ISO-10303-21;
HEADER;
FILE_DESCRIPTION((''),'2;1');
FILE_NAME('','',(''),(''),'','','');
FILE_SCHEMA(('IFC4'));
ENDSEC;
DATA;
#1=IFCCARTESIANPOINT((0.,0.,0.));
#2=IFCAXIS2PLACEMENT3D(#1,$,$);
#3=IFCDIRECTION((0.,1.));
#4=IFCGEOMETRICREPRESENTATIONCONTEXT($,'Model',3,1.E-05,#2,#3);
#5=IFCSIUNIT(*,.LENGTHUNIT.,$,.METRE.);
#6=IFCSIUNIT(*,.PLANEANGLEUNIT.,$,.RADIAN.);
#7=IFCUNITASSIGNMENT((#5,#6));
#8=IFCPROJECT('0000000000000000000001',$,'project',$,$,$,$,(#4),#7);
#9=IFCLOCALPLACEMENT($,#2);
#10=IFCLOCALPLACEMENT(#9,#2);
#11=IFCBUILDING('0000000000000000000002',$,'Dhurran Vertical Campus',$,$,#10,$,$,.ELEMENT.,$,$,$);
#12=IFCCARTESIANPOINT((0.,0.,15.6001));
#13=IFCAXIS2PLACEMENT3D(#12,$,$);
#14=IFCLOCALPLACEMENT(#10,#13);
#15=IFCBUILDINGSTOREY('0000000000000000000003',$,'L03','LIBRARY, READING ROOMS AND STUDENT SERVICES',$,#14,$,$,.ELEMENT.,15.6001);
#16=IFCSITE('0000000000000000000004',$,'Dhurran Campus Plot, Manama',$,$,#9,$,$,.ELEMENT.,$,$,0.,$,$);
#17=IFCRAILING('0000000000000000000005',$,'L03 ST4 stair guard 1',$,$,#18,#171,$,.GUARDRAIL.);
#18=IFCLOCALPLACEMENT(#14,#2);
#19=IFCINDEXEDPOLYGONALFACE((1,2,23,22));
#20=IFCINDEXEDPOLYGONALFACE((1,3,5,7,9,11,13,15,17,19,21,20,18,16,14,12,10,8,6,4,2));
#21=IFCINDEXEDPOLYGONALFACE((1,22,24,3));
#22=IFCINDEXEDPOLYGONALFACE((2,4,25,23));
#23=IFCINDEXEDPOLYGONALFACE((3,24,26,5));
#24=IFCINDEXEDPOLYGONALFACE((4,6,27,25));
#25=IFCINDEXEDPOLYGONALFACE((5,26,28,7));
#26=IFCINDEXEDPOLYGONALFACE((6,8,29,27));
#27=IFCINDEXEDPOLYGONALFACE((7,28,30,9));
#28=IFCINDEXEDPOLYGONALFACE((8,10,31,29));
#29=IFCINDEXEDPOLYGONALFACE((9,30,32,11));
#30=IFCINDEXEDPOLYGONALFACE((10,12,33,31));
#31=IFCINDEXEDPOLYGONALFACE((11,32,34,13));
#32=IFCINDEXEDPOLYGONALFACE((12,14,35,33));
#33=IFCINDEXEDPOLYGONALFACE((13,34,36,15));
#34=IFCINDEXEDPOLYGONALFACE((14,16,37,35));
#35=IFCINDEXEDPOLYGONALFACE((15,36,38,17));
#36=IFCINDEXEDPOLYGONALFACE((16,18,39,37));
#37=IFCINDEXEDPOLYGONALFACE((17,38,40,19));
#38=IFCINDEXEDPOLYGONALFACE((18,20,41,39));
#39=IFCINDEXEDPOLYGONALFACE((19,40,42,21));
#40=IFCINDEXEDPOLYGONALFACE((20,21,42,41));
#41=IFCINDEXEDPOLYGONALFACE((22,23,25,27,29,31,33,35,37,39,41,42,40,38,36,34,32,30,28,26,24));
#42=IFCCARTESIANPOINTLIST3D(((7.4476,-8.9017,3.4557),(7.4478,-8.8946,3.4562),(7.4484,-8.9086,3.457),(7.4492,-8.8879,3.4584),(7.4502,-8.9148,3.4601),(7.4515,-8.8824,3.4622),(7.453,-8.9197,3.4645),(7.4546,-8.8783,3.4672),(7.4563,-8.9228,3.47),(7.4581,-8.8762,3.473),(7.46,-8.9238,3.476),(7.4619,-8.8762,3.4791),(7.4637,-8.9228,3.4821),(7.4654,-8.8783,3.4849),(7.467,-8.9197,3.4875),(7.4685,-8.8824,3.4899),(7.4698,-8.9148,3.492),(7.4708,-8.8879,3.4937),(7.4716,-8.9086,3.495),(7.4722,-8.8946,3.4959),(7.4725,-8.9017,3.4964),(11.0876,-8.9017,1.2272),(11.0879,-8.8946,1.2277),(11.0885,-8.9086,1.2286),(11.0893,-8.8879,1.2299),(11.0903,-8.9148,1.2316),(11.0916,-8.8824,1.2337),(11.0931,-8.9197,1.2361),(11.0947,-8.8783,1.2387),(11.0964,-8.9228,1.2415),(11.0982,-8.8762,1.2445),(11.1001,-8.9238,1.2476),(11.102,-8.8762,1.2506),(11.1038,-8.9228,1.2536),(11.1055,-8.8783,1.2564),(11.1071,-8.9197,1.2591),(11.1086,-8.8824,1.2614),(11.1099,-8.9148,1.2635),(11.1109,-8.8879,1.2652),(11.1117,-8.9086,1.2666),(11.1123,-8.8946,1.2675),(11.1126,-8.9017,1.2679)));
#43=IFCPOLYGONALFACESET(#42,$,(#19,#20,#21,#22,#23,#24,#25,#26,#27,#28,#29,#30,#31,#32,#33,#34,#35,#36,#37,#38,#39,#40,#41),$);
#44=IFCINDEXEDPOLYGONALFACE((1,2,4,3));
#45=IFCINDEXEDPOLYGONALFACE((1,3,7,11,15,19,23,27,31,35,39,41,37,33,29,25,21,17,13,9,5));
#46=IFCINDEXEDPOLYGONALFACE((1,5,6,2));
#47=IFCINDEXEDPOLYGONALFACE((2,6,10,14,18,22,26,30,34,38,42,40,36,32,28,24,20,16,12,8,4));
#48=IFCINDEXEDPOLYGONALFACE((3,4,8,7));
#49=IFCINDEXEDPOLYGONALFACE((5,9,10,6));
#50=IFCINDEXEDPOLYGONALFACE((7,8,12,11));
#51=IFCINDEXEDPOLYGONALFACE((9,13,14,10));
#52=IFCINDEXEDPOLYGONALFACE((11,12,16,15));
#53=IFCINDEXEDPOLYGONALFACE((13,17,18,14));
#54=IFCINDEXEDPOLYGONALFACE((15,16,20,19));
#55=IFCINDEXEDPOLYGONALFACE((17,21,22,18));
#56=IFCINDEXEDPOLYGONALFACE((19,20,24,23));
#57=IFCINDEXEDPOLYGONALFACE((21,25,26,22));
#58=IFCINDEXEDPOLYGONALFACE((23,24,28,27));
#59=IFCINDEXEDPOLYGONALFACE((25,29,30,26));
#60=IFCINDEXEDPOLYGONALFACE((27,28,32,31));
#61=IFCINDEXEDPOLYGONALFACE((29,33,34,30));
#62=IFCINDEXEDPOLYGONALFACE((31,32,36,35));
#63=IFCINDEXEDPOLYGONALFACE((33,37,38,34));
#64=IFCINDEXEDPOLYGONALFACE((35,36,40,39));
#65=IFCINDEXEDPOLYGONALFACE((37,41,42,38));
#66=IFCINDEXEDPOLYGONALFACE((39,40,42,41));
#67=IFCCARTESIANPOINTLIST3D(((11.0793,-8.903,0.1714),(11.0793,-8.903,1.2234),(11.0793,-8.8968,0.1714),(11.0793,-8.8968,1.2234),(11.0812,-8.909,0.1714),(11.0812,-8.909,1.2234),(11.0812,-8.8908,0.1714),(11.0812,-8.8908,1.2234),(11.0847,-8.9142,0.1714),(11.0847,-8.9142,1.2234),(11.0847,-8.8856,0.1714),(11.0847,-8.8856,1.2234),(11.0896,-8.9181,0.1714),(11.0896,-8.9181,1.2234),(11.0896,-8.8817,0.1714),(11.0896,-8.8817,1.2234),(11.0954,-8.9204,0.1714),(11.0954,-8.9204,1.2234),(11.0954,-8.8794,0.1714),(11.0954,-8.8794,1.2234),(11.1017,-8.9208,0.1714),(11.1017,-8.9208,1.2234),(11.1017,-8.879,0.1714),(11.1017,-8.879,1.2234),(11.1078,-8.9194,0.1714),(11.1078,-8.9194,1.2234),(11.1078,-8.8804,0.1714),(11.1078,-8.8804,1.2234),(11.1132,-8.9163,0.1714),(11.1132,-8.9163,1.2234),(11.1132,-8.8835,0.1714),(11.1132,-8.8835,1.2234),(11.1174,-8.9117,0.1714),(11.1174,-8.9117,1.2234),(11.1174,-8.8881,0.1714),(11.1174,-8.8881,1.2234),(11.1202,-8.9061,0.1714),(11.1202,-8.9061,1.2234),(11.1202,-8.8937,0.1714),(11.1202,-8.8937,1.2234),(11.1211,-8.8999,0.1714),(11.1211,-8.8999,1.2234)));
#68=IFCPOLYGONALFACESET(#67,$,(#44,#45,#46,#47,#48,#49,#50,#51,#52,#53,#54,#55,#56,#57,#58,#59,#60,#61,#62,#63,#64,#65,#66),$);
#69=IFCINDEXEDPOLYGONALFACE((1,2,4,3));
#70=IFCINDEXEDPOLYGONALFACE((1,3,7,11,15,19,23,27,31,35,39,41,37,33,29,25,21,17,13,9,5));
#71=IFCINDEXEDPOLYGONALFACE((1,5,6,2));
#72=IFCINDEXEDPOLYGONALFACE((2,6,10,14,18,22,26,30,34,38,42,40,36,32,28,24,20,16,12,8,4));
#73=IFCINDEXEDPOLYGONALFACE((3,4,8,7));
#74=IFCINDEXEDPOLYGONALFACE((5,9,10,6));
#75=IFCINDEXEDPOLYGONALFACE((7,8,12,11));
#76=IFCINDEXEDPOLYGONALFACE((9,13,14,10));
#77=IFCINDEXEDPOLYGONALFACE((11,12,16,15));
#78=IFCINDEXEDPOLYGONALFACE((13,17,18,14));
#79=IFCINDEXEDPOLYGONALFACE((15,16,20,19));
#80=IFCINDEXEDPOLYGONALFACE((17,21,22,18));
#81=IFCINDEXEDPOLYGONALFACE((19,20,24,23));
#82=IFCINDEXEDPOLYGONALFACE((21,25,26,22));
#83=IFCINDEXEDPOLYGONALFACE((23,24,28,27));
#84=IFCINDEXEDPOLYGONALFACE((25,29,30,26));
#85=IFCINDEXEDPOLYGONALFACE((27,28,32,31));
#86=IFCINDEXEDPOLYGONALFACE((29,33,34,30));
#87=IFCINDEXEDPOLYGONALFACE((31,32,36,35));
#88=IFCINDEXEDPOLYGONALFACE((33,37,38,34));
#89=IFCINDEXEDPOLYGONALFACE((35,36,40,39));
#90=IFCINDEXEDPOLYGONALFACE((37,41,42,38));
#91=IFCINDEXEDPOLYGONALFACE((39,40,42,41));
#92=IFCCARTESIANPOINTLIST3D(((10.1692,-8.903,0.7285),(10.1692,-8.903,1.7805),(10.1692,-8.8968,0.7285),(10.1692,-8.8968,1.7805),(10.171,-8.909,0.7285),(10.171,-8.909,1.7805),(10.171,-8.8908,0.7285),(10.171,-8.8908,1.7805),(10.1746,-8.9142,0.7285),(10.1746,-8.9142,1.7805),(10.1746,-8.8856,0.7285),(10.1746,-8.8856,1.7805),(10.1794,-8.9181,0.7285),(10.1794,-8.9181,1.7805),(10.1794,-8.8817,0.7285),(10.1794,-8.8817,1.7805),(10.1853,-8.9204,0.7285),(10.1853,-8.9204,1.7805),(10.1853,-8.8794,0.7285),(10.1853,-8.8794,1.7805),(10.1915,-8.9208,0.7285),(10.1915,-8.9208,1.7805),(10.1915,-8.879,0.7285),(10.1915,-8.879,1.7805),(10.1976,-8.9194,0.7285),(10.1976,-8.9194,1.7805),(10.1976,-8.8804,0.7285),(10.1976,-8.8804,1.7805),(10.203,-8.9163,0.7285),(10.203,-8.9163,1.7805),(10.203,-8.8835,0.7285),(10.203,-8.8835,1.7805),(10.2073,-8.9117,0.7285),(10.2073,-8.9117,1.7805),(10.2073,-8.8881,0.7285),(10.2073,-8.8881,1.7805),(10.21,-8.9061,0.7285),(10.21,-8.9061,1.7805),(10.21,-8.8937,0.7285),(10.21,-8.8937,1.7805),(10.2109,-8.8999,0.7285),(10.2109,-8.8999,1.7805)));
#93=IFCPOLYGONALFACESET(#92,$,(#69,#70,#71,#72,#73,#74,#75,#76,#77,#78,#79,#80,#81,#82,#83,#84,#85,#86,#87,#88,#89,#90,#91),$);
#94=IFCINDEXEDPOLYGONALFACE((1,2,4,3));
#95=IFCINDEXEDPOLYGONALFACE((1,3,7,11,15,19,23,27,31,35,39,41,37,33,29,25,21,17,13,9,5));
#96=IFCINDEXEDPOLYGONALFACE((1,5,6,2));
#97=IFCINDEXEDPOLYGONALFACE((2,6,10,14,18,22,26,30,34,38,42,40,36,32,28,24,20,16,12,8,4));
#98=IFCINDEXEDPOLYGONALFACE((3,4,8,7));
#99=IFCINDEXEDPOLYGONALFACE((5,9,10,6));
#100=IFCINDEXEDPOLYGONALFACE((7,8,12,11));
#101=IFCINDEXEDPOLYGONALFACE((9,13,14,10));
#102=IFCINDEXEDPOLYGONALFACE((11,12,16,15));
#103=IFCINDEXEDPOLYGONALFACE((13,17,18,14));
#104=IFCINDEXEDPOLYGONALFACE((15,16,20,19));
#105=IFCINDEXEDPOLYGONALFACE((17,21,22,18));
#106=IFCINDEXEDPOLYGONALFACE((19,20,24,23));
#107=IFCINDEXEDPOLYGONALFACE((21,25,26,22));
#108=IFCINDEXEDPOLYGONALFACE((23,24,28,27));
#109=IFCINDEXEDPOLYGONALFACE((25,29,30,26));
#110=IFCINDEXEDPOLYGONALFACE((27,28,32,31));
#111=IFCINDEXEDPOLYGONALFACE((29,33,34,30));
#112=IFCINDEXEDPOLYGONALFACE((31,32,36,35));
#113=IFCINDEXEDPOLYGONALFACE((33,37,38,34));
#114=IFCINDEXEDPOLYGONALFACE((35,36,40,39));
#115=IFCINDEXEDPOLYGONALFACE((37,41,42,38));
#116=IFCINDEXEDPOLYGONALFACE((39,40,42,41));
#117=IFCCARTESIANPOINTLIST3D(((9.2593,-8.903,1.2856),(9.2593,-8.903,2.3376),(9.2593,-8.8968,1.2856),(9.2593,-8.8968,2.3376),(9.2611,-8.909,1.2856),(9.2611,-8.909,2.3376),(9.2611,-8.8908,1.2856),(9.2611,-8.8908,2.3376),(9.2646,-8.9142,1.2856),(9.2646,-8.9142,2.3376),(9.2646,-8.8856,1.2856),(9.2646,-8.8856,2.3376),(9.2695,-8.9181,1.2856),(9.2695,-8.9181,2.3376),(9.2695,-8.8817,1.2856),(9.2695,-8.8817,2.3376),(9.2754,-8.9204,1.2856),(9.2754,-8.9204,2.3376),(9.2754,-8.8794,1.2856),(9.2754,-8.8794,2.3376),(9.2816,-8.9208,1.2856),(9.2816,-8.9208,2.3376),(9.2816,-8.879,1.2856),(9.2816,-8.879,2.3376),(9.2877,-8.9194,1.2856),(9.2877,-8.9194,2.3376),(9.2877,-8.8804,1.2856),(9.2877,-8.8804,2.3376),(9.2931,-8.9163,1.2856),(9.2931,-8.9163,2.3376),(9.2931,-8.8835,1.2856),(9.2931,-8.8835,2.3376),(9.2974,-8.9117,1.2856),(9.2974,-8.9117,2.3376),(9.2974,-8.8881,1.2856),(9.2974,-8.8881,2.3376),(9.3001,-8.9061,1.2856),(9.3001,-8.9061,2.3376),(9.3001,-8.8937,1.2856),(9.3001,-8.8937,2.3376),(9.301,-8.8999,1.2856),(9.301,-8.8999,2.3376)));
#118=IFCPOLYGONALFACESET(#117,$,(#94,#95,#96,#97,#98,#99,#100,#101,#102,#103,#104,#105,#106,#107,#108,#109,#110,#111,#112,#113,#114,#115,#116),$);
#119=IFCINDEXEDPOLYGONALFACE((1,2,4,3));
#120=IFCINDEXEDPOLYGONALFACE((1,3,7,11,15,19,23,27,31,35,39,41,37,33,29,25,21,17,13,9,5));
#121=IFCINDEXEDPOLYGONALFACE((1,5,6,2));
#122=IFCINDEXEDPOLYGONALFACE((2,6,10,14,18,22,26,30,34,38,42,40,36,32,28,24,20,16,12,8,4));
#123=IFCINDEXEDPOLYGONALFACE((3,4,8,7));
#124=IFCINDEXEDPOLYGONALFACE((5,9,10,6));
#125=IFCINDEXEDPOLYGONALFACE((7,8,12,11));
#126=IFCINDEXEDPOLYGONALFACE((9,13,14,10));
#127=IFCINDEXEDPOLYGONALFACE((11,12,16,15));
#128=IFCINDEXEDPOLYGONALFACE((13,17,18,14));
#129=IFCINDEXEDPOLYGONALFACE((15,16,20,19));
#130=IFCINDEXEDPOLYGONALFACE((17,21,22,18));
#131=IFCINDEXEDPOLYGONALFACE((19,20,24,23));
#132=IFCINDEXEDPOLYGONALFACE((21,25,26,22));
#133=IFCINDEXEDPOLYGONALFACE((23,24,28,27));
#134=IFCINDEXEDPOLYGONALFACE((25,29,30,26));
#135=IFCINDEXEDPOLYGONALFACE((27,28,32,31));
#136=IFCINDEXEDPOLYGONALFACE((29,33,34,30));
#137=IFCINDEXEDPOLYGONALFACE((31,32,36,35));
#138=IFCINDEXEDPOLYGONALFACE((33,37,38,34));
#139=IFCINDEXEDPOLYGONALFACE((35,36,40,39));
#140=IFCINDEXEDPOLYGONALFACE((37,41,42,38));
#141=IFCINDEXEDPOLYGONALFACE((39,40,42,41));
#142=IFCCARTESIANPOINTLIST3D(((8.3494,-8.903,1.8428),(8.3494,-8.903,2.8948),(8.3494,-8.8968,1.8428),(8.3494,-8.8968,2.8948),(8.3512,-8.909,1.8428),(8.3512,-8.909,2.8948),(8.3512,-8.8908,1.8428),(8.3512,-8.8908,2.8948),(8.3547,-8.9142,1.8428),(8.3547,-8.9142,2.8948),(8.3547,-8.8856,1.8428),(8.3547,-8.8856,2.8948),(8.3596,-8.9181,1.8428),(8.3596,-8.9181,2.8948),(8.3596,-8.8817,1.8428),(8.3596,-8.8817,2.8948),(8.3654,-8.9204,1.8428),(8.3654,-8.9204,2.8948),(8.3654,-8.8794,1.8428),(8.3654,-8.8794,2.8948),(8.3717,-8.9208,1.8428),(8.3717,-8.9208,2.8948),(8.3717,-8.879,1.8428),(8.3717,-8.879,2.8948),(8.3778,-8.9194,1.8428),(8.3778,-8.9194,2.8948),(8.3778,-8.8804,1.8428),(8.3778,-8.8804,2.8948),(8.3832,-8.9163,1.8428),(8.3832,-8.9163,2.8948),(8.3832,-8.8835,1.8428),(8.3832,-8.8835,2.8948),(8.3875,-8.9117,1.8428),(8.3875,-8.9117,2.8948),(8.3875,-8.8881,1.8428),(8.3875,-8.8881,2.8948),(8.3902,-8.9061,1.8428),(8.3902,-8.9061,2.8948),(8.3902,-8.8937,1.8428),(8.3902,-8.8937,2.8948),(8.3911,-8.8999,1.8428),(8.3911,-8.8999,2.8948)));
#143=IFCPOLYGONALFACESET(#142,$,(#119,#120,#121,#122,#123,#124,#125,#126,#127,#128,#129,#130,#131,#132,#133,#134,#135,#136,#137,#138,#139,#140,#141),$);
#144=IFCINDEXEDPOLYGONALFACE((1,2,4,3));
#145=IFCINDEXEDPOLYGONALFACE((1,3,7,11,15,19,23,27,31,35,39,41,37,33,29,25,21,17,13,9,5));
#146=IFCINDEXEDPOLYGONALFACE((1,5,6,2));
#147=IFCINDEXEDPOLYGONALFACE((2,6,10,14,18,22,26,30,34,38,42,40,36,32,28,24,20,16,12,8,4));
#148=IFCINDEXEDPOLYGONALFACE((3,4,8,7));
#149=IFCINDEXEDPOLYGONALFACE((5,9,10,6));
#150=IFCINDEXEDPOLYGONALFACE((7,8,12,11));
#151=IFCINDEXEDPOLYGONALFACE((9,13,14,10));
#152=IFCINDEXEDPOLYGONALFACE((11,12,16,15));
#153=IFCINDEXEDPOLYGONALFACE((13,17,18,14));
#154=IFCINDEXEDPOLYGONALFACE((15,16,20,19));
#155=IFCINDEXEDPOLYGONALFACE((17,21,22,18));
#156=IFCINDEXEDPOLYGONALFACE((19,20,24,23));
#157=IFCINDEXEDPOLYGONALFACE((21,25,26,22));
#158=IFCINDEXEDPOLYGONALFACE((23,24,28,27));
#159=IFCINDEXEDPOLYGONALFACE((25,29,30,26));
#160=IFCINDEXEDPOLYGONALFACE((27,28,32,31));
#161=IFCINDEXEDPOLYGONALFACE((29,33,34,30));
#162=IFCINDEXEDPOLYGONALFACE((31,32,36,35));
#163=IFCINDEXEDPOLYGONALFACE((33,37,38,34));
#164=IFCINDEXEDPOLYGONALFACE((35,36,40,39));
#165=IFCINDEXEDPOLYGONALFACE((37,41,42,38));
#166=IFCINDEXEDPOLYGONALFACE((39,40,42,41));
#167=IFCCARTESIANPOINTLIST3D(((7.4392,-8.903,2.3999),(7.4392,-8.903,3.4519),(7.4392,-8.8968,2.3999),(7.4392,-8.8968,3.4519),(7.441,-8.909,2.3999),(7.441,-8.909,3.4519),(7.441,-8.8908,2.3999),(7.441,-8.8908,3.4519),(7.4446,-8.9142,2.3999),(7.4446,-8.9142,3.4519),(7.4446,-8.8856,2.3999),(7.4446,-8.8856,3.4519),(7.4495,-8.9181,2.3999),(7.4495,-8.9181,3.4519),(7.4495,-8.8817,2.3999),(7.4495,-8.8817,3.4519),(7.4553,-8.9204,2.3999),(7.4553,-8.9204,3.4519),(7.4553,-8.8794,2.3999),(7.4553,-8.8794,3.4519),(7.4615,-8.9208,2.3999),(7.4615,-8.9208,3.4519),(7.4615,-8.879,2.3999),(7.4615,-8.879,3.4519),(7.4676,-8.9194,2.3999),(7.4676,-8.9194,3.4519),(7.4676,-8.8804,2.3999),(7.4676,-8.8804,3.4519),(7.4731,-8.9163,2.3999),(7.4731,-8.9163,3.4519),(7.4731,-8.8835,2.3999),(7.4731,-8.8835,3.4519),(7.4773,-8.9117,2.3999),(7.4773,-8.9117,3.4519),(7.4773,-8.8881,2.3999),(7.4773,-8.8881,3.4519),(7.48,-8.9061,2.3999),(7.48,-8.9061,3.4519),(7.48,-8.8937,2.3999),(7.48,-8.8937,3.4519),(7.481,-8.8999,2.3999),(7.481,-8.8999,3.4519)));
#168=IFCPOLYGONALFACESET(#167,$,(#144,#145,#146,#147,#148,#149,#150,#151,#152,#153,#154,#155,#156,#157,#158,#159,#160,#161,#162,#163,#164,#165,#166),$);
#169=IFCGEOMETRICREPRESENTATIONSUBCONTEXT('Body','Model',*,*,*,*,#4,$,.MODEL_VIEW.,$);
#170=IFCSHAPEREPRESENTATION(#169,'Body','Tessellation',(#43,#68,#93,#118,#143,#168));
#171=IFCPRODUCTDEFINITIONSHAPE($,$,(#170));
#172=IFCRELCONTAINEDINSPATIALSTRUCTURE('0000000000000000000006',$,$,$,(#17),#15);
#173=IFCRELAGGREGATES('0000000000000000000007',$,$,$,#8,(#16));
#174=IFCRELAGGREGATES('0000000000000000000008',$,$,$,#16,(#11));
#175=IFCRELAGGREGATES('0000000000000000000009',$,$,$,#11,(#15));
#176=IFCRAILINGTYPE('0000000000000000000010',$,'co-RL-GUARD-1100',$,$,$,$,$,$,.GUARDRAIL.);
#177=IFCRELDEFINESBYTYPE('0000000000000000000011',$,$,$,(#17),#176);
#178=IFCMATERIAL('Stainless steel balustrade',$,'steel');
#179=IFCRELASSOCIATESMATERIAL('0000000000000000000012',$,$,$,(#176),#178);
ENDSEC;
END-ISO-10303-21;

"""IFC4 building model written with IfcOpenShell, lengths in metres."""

from ifc_helpers import new_model, si_unit, direction, frame, origin, origin_2d, place, context, subcontext, project, spatial, circle, extrude, material, type_object, element, save


model = new_model("IFC4")

# Units and contexts
model_context = context("Model", 3, precision=1e-05, world=origin(), true_north=direction((0.0, 1.0)))
body_context = subcontext(model_context, "Body", "Model", "MODEL_VIEW")
ifc_project = project(units=[si_unit("LENGTHUNIT", "METRE"), si_unit("PLANEANGLEUNIT", "RADIAN")], contexts=[model_context])

# Site, building, storey
site_placement = place(None, origin())
site = spatial("IfcSite", under=ifc_project, at=site_placement, Name="Dhurran Campus Plot, Manama", CompositionType="ELEMENT", RefElevation=0.0)
building_placement = place(site_placement, origin())
building = spatial("IfcBuilding", under=site, at=building_placement, Name="Dhurran Vertical Campus", CompositionType="ELEMENT")
storey_placement = place(building_placement, frame((0.0, 0.0, 15.6001)))
storey = spatial("IfcBuildingStorey", under=building, at=storey_placement, Name="L03", Description="LIBRARY, READING ROOMS AND STUDENT SERVICES", CompositionType="ELEMENT", Elevation=15.6001)

# Railing
ifc_material_1 = material(Name="Stainless steel balustrade", Category="steel")
railing_type_1 = type_object("IfcRailingType", Name="co-RL-GUARD-1100", PredefinedType="GUARDRAIL", material=ifc_material_1)
railing_1_placement = place(storey_placement, frame((11.1001, -8.8999, 0.1714)))
element("IfcRailing", 1, at=railing_1_placement, inside=storey, type_object=railing_type_1, Name="L03 ST4 stair guard 1", PredefinedType="GUARDRAIL", context=body_context, shape_type="SweptSolid", body=[
    extrude(circle(Radius=0.0239, at=origin_2d()), frame((0.0, 0.0, 1.0762), z_axis=(-0.852866, 0.0, 0.52213), x_axis=(0.0, -1.0, 0.0)), (0.0, 0.0, 1.0), 4.2681),
    extrude(circle(Radius=0.021, at=origin_2d()), origin(), (0.0, 0.0, 1.0), 1.052),
    extrude(circle(Radius=0.021, at=origin_2d()), frame((-0.9102, 0.0, 0.5571)), (0.0, 0.0, 1.0), 1.052),
    extrude(circle(Radius=0.021, at=origin_2d()), frame((-1.8201, 0.0, 1.1143)), (0.0, 0.0, 1.0), 1.052),
    extrude(circle(Radius=0.021, at=origin_2d()), frame((-2.73, 0.0, 1.6714)), (0.0, 0.0, 1.0), 1.052),
    extrude(circle(Radius=0.021, at=origin_2d()), frame((-3.6401, 0.0, 2.2285)), (0.0, 0.0, 1.0), 1.052),
])

save(model, "model.ifc")
